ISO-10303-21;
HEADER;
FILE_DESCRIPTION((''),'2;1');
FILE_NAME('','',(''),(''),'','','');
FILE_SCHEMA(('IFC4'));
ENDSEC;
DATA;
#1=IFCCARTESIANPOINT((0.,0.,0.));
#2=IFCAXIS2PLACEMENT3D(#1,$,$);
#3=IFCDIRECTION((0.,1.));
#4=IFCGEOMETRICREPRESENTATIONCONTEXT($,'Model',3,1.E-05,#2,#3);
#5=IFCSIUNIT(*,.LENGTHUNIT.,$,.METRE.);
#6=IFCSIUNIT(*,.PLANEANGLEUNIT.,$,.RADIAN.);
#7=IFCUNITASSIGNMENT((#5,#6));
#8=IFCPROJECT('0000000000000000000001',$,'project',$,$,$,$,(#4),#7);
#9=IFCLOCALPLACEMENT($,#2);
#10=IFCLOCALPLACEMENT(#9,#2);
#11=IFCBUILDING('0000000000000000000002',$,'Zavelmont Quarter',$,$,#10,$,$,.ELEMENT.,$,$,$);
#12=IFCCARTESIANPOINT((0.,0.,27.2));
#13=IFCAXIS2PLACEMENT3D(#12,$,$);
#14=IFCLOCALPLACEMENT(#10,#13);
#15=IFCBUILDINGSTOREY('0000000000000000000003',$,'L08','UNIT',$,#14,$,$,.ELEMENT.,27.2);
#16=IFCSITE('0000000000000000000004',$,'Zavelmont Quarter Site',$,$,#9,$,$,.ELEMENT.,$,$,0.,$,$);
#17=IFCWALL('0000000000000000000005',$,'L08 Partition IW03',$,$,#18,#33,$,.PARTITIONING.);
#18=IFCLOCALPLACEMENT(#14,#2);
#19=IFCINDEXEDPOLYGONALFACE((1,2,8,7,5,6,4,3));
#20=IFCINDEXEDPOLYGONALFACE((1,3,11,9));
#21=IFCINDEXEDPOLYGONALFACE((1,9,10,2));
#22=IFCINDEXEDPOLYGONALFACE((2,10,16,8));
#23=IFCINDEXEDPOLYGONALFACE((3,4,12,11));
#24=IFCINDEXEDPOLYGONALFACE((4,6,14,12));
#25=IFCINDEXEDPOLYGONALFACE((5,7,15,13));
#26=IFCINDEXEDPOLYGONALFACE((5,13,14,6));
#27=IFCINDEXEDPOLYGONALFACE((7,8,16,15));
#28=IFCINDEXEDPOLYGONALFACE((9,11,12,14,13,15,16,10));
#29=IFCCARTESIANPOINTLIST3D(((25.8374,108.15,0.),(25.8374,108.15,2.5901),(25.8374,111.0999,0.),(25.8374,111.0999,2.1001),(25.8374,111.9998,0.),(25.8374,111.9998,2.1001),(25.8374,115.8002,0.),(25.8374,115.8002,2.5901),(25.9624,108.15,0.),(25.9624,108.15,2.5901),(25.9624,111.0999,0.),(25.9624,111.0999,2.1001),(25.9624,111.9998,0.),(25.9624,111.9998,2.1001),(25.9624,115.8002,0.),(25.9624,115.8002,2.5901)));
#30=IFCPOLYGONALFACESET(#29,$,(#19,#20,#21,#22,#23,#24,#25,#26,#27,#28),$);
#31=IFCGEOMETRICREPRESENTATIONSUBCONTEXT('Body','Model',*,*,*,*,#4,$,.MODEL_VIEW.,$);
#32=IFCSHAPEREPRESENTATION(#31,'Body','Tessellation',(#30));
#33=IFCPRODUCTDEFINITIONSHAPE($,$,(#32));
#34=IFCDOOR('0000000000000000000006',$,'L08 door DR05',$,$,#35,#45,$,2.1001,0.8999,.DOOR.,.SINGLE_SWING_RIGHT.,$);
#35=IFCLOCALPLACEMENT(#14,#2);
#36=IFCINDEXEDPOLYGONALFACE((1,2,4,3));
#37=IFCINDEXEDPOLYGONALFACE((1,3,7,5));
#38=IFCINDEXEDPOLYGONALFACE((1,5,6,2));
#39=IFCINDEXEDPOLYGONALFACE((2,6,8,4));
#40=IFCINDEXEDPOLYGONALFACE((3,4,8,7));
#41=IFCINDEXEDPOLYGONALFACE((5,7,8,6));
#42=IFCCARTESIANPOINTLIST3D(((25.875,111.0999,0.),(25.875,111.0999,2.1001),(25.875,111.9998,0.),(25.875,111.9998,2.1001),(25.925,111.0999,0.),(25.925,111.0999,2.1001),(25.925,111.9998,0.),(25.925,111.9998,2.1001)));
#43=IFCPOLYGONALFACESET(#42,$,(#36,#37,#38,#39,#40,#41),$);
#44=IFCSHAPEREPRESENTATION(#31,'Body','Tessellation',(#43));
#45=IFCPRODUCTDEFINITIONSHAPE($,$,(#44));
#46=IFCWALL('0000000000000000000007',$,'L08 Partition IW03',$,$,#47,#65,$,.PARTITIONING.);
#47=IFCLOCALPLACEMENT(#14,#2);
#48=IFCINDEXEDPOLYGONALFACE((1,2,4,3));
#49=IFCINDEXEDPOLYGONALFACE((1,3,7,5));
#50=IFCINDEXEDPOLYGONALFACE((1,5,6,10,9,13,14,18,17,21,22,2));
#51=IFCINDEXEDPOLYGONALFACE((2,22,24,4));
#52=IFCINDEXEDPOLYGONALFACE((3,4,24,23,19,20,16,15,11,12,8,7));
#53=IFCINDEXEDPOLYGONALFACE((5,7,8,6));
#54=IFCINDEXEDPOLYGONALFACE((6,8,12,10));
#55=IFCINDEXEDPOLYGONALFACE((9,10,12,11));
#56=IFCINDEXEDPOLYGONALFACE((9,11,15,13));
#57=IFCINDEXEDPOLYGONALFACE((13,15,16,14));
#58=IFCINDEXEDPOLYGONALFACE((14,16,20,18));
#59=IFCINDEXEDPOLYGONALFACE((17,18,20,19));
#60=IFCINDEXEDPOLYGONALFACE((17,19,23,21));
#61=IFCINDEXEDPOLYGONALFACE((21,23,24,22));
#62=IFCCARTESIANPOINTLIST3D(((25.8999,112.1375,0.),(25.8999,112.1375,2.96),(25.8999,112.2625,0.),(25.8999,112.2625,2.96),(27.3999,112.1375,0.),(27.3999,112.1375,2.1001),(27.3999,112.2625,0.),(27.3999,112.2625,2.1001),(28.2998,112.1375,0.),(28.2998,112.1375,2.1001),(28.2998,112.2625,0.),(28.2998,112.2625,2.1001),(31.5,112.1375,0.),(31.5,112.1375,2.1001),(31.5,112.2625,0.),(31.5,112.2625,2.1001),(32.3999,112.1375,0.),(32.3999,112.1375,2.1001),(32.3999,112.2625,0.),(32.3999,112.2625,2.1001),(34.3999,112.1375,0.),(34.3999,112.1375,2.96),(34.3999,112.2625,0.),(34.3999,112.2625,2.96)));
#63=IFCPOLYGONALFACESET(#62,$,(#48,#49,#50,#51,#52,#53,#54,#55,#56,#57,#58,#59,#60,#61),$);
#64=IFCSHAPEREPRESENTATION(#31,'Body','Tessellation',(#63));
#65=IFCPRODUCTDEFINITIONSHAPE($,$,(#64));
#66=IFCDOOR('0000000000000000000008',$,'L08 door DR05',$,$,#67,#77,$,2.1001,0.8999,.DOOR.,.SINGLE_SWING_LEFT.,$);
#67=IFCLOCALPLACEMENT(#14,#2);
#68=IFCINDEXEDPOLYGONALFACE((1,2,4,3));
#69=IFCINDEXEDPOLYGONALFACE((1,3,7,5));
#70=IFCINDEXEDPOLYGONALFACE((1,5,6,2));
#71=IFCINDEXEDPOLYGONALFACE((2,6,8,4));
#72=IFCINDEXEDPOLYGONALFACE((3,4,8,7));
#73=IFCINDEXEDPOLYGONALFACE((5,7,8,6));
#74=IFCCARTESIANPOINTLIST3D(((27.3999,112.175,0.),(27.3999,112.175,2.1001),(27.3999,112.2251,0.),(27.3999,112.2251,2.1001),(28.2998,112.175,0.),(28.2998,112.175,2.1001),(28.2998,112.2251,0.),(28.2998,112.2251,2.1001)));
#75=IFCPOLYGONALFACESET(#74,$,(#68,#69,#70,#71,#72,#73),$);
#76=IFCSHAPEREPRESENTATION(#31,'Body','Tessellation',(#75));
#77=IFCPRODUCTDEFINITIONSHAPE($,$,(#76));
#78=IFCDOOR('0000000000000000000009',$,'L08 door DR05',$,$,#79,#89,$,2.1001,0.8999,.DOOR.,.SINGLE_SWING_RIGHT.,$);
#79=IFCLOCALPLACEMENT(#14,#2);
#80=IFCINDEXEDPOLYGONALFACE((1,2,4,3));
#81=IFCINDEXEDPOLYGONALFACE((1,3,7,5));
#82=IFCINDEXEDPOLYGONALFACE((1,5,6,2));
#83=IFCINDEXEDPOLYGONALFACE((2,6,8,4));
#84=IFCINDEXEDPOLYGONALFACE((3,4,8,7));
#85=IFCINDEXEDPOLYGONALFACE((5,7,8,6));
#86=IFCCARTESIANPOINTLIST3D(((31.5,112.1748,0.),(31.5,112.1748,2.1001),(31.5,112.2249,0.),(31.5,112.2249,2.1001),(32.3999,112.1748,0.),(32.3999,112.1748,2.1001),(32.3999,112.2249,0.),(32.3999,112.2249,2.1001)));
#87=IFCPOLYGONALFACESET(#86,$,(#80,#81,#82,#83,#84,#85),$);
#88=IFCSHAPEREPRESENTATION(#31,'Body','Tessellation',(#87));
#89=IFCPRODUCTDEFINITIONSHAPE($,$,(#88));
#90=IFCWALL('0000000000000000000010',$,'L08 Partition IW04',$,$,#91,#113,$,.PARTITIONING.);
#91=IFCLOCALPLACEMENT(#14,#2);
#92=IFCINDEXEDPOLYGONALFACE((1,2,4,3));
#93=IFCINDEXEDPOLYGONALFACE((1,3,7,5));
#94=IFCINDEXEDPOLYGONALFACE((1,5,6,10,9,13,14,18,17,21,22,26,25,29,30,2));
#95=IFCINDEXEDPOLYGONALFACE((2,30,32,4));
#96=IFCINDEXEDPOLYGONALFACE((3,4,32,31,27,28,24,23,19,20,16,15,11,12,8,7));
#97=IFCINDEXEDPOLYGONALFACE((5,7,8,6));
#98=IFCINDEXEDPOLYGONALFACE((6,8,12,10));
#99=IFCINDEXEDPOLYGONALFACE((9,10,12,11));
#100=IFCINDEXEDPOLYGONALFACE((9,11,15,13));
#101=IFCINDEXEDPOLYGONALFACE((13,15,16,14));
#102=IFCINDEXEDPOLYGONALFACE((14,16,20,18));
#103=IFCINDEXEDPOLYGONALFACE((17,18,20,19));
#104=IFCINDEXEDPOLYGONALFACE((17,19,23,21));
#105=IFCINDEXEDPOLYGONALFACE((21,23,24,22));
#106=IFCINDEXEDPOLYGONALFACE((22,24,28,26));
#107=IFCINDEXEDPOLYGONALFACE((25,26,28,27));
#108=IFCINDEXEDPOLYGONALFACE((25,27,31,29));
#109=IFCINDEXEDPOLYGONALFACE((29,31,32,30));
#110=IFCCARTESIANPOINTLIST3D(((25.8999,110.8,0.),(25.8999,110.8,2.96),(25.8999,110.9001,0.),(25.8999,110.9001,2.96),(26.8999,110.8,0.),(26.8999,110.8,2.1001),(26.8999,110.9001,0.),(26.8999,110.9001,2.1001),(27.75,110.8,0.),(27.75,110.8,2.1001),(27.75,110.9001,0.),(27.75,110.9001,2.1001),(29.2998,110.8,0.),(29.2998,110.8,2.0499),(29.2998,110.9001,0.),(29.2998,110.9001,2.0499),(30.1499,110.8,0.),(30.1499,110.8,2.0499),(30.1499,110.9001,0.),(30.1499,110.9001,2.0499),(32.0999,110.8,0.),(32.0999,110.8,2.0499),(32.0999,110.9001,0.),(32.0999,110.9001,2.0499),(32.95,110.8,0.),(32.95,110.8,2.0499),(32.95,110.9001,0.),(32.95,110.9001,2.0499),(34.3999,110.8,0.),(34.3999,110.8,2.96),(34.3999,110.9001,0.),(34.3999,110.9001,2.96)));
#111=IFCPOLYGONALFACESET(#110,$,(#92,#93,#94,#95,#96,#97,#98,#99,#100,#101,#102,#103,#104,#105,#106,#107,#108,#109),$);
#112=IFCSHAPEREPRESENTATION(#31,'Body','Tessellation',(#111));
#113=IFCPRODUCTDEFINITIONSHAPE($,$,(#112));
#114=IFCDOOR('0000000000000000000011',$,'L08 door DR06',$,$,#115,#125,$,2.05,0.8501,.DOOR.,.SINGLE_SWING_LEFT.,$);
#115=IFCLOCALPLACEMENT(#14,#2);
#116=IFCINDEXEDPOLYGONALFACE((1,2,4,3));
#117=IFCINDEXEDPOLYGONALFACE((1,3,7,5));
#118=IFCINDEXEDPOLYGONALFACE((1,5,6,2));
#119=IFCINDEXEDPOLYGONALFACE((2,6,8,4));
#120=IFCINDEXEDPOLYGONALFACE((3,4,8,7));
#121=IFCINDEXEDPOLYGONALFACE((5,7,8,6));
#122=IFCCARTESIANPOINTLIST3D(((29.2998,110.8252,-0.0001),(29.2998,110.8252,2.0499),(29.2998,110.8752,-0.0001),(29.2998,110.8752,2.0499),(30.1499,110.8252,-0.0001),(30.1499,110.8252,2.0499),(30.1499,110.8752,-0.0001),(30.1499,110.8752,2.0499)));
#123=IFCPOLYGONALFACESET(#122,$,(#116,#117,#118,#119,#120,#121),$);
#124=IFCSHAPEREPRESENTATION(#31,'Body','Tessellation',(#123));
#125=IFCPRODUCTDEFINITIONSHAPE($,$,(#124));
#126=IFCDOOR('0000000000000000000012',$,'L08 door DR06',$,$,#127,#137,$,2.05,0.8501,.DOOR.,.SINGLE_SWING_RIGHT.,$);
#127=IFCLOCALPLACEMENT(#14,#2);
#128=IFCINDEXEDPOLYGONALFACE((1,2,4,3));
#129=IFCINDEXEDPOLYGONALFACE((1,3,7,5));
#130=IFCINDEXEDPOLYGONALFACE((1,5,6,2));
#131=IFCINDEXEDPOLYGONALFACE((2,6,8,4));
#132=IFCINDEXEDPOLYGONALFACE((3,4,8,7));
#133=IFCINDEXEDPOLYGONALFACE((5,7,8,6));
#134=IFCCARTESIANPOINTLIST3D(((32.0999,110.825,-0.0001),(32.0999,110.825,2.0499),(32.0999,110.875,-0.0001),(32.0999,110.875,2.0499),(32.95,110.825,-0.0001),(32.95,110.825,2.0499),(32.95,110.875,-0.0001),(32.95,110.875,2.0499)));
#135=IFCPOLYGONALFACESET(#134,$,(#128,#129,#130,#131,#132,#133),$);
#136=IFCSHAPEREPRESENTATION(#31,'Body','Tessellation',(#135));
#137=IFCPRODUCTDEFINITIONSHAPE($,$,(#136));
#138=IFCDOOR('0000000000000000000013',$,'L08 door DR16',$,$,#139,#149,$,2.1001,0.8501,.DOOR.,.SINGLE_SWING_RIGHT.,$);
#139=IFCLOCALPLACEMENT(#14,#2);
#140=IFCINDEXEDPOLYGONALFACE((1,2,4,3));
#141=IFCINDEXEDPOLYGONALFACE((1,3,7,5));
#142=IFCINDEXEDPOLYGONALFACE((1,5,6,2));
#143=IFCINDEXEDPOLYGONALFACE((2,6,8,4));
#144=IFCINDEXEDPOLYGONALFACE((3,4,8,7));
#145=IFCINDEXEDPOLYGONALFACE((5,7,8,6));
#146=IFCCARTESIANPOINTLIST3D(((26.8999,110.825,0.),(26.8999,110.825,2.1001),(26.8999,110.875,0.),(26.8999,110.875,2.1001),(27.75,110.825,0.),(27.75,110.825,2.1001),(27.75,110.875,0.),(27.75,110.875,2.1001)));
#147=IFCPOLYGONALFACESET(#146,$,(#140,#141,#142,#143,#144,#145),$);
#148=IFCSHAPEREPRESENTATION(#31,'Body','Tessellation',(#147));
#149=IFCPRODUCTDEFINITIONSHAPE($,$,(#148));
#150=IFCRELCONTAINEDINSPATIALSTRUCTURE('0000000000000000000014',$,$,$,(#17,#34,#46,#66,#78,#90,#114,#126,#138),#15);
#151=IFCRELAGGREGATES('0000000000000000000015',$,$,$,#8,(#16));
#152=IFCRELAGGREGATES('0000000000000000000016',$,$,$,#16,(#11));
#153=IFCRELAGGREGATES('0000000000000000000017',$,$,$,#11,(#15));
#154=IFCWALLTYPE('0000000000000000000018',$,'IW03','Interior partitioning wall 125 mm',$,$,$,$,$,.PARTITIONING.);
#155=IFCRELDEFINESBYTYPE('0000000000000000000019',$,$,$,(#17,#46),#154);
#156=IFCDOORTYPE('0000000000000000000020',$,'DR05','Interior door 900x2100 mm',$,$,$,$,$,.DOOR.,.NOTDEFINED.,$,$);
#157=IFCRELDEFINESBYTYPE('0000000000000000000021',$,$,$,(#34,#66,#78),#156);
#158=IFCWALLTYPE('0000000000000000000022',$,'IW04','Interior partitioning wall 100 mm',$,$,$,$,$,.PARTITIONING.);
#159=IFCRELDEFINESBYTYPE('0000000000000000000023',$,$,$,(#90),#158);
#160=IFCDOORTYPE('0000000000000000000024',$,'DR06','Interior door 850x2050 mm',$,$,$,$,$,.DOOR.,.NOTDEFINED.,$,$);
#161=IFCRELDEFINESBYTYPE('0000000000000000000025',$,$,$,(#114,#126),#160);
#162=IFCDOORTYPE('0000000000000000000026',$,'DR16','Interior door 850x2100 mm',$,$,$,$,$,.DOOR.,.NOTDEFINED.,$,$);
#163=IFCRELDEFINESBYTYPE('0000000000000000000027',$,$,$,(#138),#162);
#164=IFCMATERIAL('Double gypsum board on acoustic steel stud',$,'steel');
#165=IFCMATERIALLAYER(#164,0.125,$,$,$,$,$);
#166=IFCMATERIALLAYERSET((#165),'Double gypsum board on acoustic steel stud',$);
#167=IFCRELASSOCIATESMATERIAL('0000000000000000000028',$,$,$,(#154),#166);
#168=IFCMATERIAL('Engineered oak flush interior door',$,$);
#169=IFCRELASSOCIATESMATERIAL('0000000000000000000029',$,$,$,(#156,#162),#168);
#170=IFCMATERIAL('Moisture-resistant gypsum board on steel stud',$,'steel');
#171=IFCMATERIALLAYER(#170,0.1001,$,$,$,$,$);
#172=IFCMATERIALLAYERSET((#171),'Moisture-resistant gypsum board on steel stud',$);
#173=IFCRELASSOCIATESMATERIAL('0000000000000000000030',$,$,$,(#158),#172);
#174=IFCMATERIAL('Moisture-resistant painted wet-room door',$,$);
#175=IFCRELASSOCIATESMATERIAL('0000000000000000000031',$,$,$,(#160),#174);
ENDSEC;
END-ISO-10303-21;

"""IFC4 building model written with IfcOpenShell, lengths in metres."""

from ifc_helpers import new_model, si_unit, direction, frame, frame_2d, origin, origin_with_axes, place, context, subcontext, project, spatial, rectangle, extrude, material, layer, layer_set, type_object, element, fill, save


model = new_model("IFC4")

# Units and contexts
model_context = context("Model", 3, precision=1e-05, world=origin(), true_north=direction((0.0, 1.0)))
body_context = subcontext(model_context, "Body", "Model", "MODEL_VIEW")
ifc_project = project(units=[si_unit("LENGTHUNIT", "METRE"), si_unit("PLANEANGLEUNIT", "RADIAN")], contexts=[model_context])

# Site, building, storey
site_placement = place(None, origin())
site = spatial("IfcSite", under=ifc_project, at=site_placement, Name="Zavelmont Quarter Site", CompositionType="ELEMENT", RefElevation=0.0)
building_placement = place(site_placement, origin())
building = spatial("IfcBuilding", under=site, at=building_placement, Name="Zavelmont Quarter", CompositionType="ELEMENT")
storey_placement = place(building_placement, frame((0.0, 0.0, 27.2)))
storey = spatial("IfcBuildingStorey", under=building, at=storey_placement, Name="L08", Description="UNIT", CompositionType="ELEMENT", Elevation=27.2)

# Wall, opening, door
ifc_material_1 = material(Name="Double gypsum board on acoustic steel stud", Category="steel")
ifc_layer_1 = layer(ifc_material_1, 0.125)
ifc_layer_set_1 = layer_set([ifc_layer_1], Name="Double gypsum board on acoustic steel stud")
wall_type_1 = type_object("IfcWallType", Name="IW03", Description="Interior partitioning wall 125 mm", PredefinedType="PARTITIONING", material=ifc_layer_set_1)
wall_1_placement = place(storey_placement, frame((25.8999, 108.1499, 0.0), z_axis=(0.0, 0.0, 1.0), x_axis=(0.0, 1.0, 0.0)))
wall_1 = element("IfcWall", 1, at=wall_1_placement, inside=storey, type_object=wall_type_1, Name="L08 Partition IW03", PredefinedType="PARTITIONING", context=body_context, shape_type="SweptSolid", body=[
    extrude(rectangle(XDim=7.6501, YDim=0.125, at=frame_2d((3.8252, 0.0))), origin(), (0.0, 0.0, 1.0), 2.5901),
])
opening_1_placement = place(wall_1_placement, frame((2.95, 0.0, 0.0)))
opening_1 = element("IfcOpeningElement", 2, at=opening_1_placement, cuts=wall_1, PredefinedType="OPENING", context=body_context, shape_type="SweptSolid", body=[
    extrude(rectangle(XDim=0.8999, YDim=2.1001, at=frame_2d((0.45, 1.05))), frame((0.0, 0.0745, 0.0), z_axis=(0.0, -1.0, 0.0), x_axis=(1.0, 0.0, 0.0)), (0.0, 0.0, 1.0), 0.1489),
])
ifc_material_2 = material(Name="Engineered oak flush interior door")
door_type_1 = type_object("IfcDoorType", Name="DR05", Description="Interior door 900x2100 mm", OperationType="NOTDEFINED", PredefinedType="DOOR", material=ifc_material_2)
door_1_placement = place(opening_1_placement, origin_with_axes())
door_1 = element("IfcDoor", 3, at=door_1_placement, inside=storey, type_object=door_type_1, Name="L08 door DR05", OperationType="SINGLE_SWING_RIGHT", OverallHeight=2.1001, OverallWidth=0.8999, PredefinedType="DOOR", context=body_context, shape_type="SweptSolid", body=[
    extrude(rectangle(XDim=0.8999, YDim=2.1001, at=frame_2d((0.45, 1.05))), frame((0.0, 0.0249, 0.0), z_axis=(0.0, -1.0, 0.0), x_axis=(1.0, 0.0, 0.0)), (0.0, 0.0, 1.0), 0.05),
])
fill(opening_1, door_1)

# Walls, openings, doors
wall_2_placement = place(storey_placement, frame((25.8999, 112.2, 0.0), z_axis=(0.0, 0.0, 1.0), x_axis=(1.0, 0.0, 0.0)))
wall_2 = element("IfcWall", 4, at=wall_2_placement, inside=storey, type_object=wall_type_1, Name="L08 Partition IW03", PredefinedType="PARTITIONING", context=body_context, shape_type="SweptSolid", body=[
    extrude(rectangle(XDim=8.5, YDim=0.125, at=frame_2d((4.25, 0.0))), origin(), (0.0, 0.0, 1.0), 2.96),
])
opening_2_placement = place(wall_2_placement, frame((1.5, 0.0, 0.0)))
opening_2 = element("IfcOpeningElement", 5, at=opening_2_placement, cuts=wall_2, PredefinedType="OPENING", context=body_context, shape_type="SweptSolid", body=[
    extrude(rectangle(XDim=0.8999, YDim=2.1001, at=frame_2d((0.45, 1.05))), frame((0.0, 0.0745, 0.0), z_axis=(0.0, -1.0, 0.0), x_axis=(1.0, 0.0, 0.0)), (0.0, 0.0, 1.0), 0.1489),
])
opening_3_placement = place(wall_2_placement, frame((5.6001, 0.0, 0.0)))
opening_3 = element("IfcOpeningElement", 6, at=opening_3_placement, cuts=wall_2, PredefinedType="OPENING", context=body_context, shape_type="SweptSolid", body=[
    extrude(rectangle(XDim=0.8999, YDim=2.1001, at=frame_2d((0.45, 1.05))), frame((0.0, 0.0745, 0.0), z_axis=(0.0, -1.0, 0.0), x_axis=(1.0, 0.0, 0.0)), (0.0, 0.0, 1.0), 0.1489),
])
door_2_placement = place(opening_2_placement, frame((0.8999, 0.0, 0.0), z_axis=(0.0, 0.0, 1.0), x_axis=(-1.0, 0.0, 0.0)))
door_2 = element("IfcDoor", 7, at=door_2_placement, inside=storey, type_object=door_type_1, Name="L08 door DR05", OperationType="SINGLE_SWING_LEFT", OverallHeight=2.1001, OverallWidth=0.8999, PredefinedType="DOOR", context=body_context, shape_type="SweptSolid", body=[
    extrude(rectangle(XDim=0.8999, YDim=2.1001, at=frame_2d((0.45, 1.05))), frame((0.0, 0.0249, 0.0), z_axis=(0.0, -1.0, 0.0), x_axis=(1.0, 0.0, 0.0)), (0.0, 0.0, 1.0), 0.05),
])
fill(opening_2, door_2)
door_3_placement = place(opening_3_placement, origin_with_axes())
door_3 = element("IfcDoor", 8, at=door_3_placement, inside=storey, type_object=door_type_1, Name="L08 door DR05", OperationType="SINGLE_SWING_RIGHT", OverallHeight=2.1001, OverallWidth=0.8999, PredefinedType="DOOR", context=body_context, shape_type="SweptSolid", body=[
    extrude(rectangle(XDim=0.8999, YDim=2.1001, at=frame_2d((0.45, 1.05))), frame((0.0, 0.0249, 0.0), z_axis=(0.0, -1.0, 0.0), x_axis=(1.0, 0.0, 0.0)), (0.0, 0.0, 1.0), 0.05),
])
fill(opening_3, door_3)
ifc_material_3 = material(Name="Moisture-resistant gypsum board on steel stud", Category="steel")
ifc_layer_2 = layer(ifc_material_3, 0.1001)
ifc_layer_set_2 = layer_set([ifc_layer_2], Name="Moisture-resistant gypsum board on steel stud")
wall_type_2 = type_object("IfcWallType", Name="IW04", Description="Interior partitioning wall 100 mm", PredefinedType="PARTITIONING", material=ifc_layer_set_2)
wall_3_placement = place(storey_placement, frame((25.8999, 110.8501, 0.0), z_axis=(0.0, 0.0, 1.0), x_axis=(1.0, 0.0, 0.0)))
wall_3 = element("IfcWall", 9, at=wall_3_placement, inside=storey, type_object=wall_type_2, Name="L08 Partition IW04", PredefinedType="PARTITIONING", context=body_context, shape_type="SweptSolid", body=[
    extrude(rectangle(XDim=8.5, YDim=0.1001, at=frame_2d((4.25, 0.0))), origin(), (0.0, 0.0, 1.0), 2.96),
])
opening_4_placement = place(wall_3_placement, frame((1.0, 0.0, 0.0)))
opening_4 = element("IfcOpeningElement", 10, at=opening_4_placement, cuts=wall_3, PredefinedType="OPENING", context=body_context, shape_type="SweptSolid", body=[
    extrude(rectangle(XDim=0.8501, YDim=2.1001, at=frame_2d((0.425, 1.05))), frame((0.0, 0.062, 0.0), z_axis=(0.0, -1.0, 0.0), x_axis=(1.0, 0.0, 0.0)), (0.0, 0.0, 1.0), 0.124),
])
opening_5_placement = place(wall_3_placement, frame((3.3999, 0.0, 0.0)))
opening_5 = element("IfcOpeningElement", 11, at=opening_5_placement, cuts=wall_3, PredefinedType="OPENING", context=body_context, shape_type="SweptSolid", body=[
    extrude(rectangle(XDim=0.8501, YDim=2.05, at=frame_2d((0.425, 1.0249))), frame((0.0, 0.062, 0.0), z_axis=(0.0, -1.0, 0.0), x_axis=(1.0, 0.0, 0.0)), (0.0, 0.0, 1.0), 0.124),
])
opening_6_placement = place(wall_3_placement, frame((6.2, 0.0, 0.0)))
opening_6 = element("IfcOpeningElement", 12, at=opening_6_placement, cuts=wall_3, PredefinedType="OPENING", context=body_context, shape_type="SweptSolid", body=[
    extrude(rectangle(XDim=0.8501, YDim=2.05, at=frame_2d((0.425, 1.0249))), frame((0.0, 0.062, 0.0), z_axis=(0.0, -1.0, 0.0), x_axis=(1.0, 0.0, 0.0)), (0.0, 0.0, 1.0), 0.124),
])
ifc_material_4 = material(Name="Moisture-resistant painted wet-room door")
door_type_2 = type_object("IfcDoorType", Name="DR06", Description="Interior door 850x2050 mm", OperationType="NOTDEFINED", PredefinedType="DOOR", material=ifc_material_4)
door_4_placement = place(opening_5_placement, frame((0.8501, 0.0, 0.0), z_axis=(0.0, 0.0, 1.0), x_axis=(-1.0, 0.0, 0.0)))
door_4 = element("IfcDoor", 13, at=door_4_placement, inside=storey, type_object=door_type_2, Name="L08 door DR06", OperationType="SINGLE_SWING_LEFT", OverallHeight=2.05, OverallWidth=0.8501, PredefinedType="DOOR", context=body_context, shape_type="SweptSolid", body=[
    extrude(rectangle(XDim=0.8501, YDim=2.05, at=frame_2d((0.425, 1.0249))), frame((0.0, 0.0249, 0.0), z_axis=(0.0, -1.0, 0.0), x_axis=(1.0, 0.0, 0.0)), (0.0, 0.0, 1.0), 0.05),
])
fill(opening_5, door_4)
door_5_placement = place(opening_6_placement, origin_with_axes())
door_5 = element("IfcDoor", 14, at=door_5_placement, inside=storey, type_object=door_type_2, Name="L08 door DR06", OperationType="SINGLE_SWING_RIGHT", OverallHeight=2.05, OverallWidth=0.8501, PredefinedType="DOOR", context=body_context, shape_type="SweptSolid", body=[
    extrude(rectangle(XDim=0.8501, YDim=2.05, at=frame_2d((0.425, 1.0249))), frame((0.0, 0.0249, 0.0), z_axis=(0.0, -1.0, 0.0), x_axis=(1.0, 0.0, 0.0)), (0.0, 0.0, 1.0), 0.05),
])
fill(opening_6, door_5)
door_type_3 = type_object("IfcDoorType", Name="DR16", Description="Interior door 850x2100 mm", OperationType="NOTDEFINED", PredefinedType="DOOR", material=ifc_material_2)
door_6_placement = place(opening_4_placement, origin_with_axes())
door_6 = element("IfcDoor", 15, at=door_6_placement, inside=storey, type_object=door_type_3, Name="L08 door DR16", OperationType="SINGLE_SWING_RIGHT", OverallHeight=2.1001, OverallWidth=0.8501, PredefinedType="DOOR", context=body_context, shape_type="SweptSolid", body=[
    extrude(rectangle(XDim=0.8501, YDim=2.1001, at=frame_2d((0.425, 1.05))), frame((0.0, 0.0249, 0.0), z_axis=(0.0, -1.0, 0.0), x_axis=(1.0, 0.0, 0.0)), (0.0, 0.0, 1.0), 0.05),
])
fill(opening_4, door_6)

save(model, "model.ifc")
